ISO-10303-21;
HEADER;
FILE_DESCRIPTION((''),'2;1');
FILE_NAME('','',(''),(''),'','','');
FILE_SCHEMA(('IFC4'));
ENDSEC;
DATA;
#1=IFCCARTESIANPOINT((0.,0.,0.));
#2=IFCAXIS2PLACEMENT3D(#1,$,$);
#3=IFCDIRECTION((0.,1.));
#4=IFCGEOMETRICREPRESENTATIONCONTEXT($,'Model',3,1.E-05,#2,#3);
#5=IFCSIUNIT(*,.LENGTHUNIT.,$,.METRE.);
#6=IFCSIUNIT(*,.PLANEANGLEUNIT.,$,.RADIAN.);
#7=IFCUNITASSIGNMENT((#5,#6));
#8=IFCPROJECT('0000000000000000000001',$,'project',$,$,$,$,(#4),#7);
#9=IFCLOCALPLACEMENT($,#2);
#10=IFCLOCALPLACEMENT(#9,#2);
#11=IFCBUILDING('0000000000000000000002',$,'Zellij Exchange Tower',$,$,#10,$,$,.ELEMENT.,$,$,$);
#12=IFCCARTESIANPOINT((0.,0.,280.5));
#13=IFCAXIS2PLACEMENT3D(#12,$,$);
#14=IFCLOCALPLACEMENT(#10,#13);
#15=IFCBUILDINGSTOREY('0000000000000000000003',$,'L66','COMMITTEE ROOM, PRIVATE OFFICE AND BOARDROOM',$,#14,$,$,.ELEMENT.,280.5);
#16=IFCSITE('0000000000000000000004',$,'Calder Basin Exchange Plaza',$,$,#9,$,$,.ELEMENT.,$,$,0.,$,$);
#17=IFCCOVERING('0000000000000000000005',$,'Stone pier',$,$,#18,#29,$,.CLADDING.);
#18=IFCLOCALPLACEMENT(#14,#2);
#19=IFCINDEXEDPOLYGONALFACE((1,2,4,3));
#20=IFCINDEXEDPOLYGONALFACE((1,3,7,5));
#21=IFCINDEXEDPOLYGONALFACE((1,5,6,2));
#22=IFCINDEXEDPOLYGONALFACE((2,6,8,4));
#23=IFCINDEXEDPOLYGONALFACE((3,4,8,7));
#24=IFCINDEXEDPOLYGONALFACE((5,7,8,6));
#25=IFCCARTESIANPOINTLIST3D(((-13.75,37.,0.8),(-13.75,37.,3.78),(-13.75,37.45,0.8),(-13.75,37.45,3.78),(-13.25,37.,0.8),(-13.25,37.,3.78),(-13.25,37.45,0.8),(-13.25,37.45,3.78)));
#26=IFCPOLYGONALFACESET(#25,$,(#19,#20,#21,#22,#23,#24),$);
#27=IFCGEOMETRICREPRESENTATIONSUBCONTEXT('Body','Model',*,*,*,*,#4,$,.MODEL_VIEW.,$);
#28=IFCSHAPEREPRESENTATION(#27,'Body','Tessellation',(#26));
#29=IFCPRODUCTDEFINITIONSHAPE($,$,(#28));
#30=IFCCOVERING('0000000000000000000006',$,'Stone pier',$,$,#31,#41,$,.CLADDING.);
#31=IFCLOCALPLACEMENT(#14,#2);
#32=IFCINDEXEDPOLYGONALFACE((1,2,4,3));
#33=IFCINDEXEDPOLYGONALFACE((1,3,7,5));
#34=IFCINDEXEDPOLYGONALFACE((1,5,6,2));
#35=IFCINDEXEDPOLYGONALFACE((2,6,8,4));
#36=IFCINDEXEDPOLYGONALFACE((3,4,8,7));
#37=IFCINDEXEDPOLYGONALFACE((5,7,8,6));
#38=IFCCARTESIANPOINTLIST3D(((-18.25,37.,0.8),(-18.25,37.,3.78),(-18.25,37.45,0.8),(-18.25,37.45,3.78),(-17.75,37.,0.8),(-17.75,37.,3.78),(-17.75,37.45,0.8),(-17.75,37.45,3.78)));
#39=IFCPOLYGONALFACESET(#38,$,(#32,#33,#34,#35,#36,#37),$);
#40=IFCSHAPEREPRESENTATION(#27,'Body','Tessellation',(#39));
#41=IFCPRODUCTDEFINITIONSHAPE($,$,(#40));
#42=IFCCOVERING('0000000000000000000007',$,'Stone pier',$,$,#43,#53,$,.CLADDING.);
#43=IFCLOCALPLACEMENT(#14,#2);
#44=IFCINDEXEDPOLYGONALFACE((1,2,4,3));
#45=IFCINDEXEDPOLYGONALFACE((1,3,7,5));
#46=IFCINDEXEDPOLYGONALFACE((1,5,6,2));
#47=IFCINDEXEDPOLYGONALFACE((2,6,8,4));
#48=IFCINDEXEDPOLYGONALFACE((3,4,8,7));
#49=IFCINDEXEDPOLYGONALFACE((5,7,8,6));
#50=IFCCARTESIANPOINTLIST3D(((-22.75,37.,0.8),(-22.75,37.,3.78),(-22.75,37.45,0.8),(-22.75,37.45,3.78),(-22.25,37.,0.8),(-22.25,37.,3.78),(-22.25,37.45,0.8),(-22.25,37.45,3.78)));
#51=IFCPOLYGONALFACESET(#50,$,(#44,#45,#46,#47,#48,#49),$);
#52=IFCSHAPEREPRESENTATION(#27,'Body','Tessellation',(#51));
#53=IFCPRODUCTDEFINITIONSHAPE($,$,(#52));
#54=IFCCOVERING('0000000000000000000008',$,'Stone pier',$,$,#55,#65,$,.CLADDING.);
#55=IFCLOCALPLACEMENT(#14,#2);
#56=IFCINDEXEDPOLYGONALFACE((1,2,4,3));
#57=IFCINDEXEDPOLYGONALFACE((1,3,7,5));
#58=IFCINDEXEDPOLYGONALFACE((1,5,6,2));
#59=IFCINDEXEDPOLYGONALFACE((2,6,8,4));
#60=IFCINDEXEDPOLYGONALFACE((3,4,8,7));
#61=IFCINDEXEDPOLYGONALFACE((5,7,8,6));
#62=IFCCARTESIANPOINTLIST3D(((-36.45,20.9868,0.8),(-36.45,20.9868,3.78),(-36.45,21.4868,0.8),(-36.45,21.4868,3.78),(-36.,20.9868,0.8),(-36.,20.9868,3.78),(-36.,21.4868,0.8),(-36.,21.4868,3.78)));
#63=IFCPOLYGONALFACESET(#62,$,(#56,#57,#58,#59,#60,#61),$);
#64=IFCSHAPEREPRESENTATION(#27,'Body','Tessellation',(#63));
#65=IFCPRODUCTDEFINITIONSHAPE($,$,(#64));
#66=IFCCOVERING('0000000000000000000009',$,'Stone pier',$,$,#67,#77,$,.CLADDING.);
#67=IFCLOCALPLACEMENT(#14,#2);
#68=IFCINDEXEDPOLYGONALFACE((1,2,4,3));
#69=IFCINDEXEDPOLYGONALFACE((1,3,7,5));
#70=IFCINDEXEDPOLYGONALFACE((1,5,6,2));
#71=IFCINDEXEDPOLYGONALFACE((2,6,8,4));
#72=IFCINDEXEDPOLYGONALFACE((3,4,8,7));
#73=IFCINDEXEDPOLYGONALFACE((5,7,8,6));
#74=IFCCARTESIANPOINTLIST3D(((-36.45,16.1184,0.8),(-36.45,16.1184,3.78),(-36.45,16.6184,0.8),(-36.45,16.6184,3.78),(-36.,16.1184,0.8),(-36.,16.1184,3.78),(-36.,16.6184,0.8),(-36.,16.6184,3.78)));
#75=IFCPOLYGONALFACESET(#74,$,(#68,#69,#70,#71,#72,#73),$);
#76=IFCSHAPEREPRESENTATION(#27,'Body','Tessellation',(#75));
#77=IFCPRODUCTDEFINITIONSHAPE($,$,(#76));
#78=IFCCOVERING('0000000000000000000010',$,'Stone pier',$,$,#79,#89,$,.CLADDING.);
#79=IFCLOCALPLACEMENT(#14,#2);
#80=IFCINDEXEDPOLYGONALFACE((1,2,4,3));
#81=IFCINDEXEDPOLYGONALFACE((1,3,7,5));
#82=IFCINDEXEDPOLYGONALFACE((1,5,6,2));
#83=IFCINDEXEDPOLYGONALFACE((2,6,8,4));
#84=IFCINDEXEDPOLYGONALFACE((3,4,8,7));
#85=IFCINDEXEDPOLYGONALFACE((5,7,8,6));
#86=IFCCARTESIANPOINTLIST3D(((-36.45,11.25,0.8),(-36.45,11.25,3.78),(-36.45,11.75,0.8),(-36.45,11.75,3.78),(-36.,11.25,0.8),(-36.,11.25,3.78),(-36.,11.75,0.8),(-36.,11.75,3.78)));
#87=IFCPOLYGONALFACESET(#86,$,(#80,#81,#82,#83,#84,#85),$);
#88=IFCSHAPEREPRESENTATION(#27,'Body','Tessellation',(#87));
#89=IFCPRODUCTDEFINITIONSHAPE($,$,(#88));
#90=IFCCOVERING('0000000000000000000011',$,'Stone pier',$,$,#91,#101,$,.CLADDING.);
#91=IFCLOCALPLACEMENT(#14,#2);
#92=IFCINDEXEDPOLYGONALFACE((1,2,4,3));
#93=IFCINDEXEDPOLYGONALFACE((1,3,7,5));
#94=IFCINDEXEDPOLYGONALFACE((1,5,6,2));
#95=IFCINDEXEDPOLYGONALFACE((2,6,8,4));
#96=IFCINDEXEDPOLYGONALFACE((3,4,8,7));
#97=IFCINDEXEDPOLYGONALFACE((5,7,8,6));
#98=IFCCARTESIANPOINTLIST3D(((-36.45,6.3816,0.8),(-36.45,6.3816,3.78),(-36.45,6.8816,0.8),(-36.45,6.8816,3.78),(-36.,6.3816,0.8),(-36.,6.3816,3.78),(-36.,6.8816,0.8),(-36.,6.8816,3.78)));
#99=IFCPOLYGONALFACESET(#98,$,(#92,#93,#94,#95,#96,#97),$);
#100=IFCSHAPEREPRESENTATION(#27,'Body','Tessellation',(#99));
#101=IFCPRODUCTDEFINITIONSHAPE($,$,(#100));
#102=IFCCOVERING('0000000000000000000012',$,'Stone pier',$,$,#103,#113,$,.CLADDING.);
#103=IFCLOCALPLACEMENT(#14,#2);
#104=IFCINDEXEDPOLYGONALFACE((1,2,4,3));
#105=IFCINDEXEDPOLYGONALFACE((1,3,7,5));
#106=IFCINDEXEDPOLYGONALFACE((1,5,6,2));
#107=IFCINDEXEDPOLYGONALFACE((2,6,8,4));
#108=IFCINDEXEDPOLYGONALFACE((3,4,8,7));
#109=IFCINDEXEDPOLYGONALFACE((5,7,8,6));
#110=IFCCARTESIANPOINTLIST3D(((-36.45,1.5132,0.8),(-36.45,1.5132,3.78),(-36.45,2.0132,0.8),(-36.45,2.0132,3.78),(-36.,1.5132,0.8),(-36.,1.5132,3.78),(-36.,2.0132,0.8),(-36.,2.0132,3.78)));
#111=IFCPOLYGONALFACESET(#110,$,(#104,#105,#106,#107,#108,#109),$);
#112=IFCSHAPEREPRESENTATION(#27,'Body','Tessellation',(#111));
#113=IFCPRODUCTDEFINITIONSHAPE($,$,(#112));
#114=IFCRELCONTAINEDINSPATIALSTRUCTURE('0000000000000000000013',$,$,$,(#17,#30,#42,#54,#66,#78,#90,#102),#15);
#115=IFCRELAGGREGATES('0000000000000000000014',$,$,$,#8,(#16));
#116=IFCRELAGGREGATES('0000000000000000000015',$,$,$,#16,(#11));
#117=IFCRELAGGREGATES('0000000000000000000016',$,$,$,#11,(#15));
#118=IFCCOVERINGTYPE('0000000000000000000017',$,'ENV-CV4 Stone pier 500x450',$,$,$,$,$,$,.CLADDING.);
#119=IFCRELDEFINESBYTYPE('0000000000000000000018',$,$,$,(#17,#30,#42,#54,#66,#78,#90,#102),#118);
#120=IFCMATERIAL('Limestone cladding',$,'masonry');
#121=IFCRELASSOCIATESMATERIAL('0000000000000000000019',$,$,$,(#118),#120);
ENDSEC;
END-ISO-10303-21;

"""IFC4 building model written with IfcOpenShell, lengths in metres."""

from ifc_helpers import new_model, si_unit, direction, frame, origin, place, context, subcontext, project, spatial, polyline, outline, extrude, material, type_object, element, save


model = new_model("IFC4")

# Units and contexts
model_context = context("Model", 3, precision=1e-05, world=origin(), true_north=direction((0.0, 1.0)))
body_context = subcontext(model_context, "Body", "Model", "MODEL_VIEW")
ifc_project = project(units=[si_unit("LENGTHUNIT", "METRE"), si_unit("PLANEANGLEUNIT", "RADIAN")], contexts=[model_context])

# Site, building, storey
site_placement = place(None, origin())
site = spatial("IfcSite", under=ifc_project, at=site_placement, Name="Calder Basin Exchange Plaza", CompositionType="ELEMENT", RefElevation=0.0)
building_placement = place(site_placement, origin())
building = spatial("IfcBuilding", under=site, at=building_placement, Name="Zellij Exchange Tower", CompositionType="ELEMENT")
storey_placement = place(building_placement, frame((0.0, 0.0, 280.5)))
storey = spatial("IfcBuildingStorey", under=building, at=storey_placement, Name="L66", Description="COMMITTEE ROOM, PRIVATE OFFICE AND BOARDROOM", CompositionType="ELEMENT", Elevation=280.5)

# Coverings
ifc_material_1 = material(Name="Limestone cladding", Category="masonry")
covering_type_1 = type_object("IfcCoveringType", Name="ENV-CV4 Stone pier 500x450", PredefinedType="CLADDING", material=ifc_material_1)
covering_1_placement = place(storey_placement, frame((0.0, 0.0, 0.8)))
element("IfcCovering", 1, at=covering_1_placement, inside=storey, type_object=covering_type_1, Name="Stone pier", PredefinedType="CLADDING", context=body_context, shape_type="SweptSolid", body=[
    extrude(outline(polyline([(-13.25, 37.0), (-13.75, 37.0), (-13.75, 37.45), (-13.25, 37.45), (-13.25, 37.0)])), origin(), (0.0, 0.0, 1.0), 2.98),
])
covering_2_placement = place(storey_placement, frame((0.0, 0.0, 0.8)))
element("IfcCovering", 2, at=covering_2_placement, inside=storey, type_object=covering_type_1, Name="Stone pier", PredefinedType="CLADDING", context=body_context, shape_type="SweptSolid", body=[
    extrude(outline(polyline([(-17.75, 37.0), (-18.25, 37.0), (-18.25, 37.45), (-17.75, 37.45), (-17.75, 37.0)])), origin(), (0.0, 0.0, 1.0), 2.98),
])
covering_3_placement = place(storey_placement, frame((0.0, 0.0, 0.8)))
element("IfcCovering", 3, at=covering_3_placement, inside=storey, type_object=covering_type_1, Name="Stone pier", PredefinedType="CLADDING", context=body_context, shape_type="SweptSolid", body=[
    extrude(outline(polyline([(-22.25, 37.0), (-22.75, 37.0), (-22.75, 37.45), (-22.25, 37.45), (-22.25, 37.0)])), origin(), (0.0, 0.0, 1.0), 2.98),
])
covering_4_placement = place(storey_placement, frame((0.0, 0.0, 0.8)))
element("IfcCovering", 4, at=covering_4_placement, inside=storey, type_object=covering_type_1, Name="Stone pier", PredefinedType="CLADDING", context=body_context, shape_type="SweptSolid", body=[
    extrude(outline(polyline([(-36.0, 21.4868), (-36.0, 20.9868), (-36.45, 20.9868), (-36.45, 21.4868), (-36.0, 21.4868)])), origin(), (0.0, 0.0, 1.0), 2.98),
])
covering_5_placement = place(storey_placement, frame((0.0, 0.0, 0.8)))
element("IfcCovering", 5, at=covering_5_placement, inside=storey, type_object=covering_type_1, Name="Stone pier", PredefinedType="CLADDING", context=body_context, shape_type="SweptSolid", body=[
    extrude(outline(polyline([(-36.0, 16.6184), (-36.0, 16.1184), (-36.45, 16.1184), (-36.45, 16.6184), (-36.0, 16.6184)])), origin(), (0.0, 0.0, 1.0), 2.98),
])
covering_6_placement = place(storey_placement, frame((0.0, 0.0, 0.8)))
element("IfcCovering", 6, at=covering_6_placement, inside=storey, type_object=covering_type_1, Name="Stone pier", PredefinedType="CLADDING", context=body_context, shape_type="SweptSolid", body=[
    extrude(outline(polyline([(-36.0, 11.75), (-36.0, 11.25), (-36.45, 11.25), (-36.45, 11.75), (-36.0, 11.75)])), origin(), (0.0, 0.0, 1.0), 2.98),
])
covering_7_placement = place(storey_placement, frame((0.0, 0.0, 0.8)))
element("IfcCovering", 7, at=covering_7_placement, inside=storey, type_object=covering_type_1, Name="Stone pier", PredefinedType="CLADDING", context=body_context, shape_type="SweptSolid", body=[
    extrude(outline(polyline([(-36.0, 6.8816), (-36.0, 6.3816), (-36.45, 6.3816), (-36.45, 6.8816), (-36.0, 6.8816)])), origin(), (0.0, 0.0, 1.0), 2.98),
])
covering_8_placement = place(storey_placement, frame((0.0, 0.0, 0.8)))
element("IfcCovering", 8, at=covering_8_placement, inside=storey, type_object=covering_type_1, Name="Stone pier", PredefinedType="CLADDING", context=body_context, shape_type="SweptSolid", body=[
    extrude(outline(polyline([(-36.0, 2.0132), (-36.0, 1.5132), (-36.45, 1.5132), (-36.45, 2.0132), (-36.0, 2.0132)])), origin(), (0.0, 0.0, 1.0), 2.98),
])

save(model, "model.ifc")
